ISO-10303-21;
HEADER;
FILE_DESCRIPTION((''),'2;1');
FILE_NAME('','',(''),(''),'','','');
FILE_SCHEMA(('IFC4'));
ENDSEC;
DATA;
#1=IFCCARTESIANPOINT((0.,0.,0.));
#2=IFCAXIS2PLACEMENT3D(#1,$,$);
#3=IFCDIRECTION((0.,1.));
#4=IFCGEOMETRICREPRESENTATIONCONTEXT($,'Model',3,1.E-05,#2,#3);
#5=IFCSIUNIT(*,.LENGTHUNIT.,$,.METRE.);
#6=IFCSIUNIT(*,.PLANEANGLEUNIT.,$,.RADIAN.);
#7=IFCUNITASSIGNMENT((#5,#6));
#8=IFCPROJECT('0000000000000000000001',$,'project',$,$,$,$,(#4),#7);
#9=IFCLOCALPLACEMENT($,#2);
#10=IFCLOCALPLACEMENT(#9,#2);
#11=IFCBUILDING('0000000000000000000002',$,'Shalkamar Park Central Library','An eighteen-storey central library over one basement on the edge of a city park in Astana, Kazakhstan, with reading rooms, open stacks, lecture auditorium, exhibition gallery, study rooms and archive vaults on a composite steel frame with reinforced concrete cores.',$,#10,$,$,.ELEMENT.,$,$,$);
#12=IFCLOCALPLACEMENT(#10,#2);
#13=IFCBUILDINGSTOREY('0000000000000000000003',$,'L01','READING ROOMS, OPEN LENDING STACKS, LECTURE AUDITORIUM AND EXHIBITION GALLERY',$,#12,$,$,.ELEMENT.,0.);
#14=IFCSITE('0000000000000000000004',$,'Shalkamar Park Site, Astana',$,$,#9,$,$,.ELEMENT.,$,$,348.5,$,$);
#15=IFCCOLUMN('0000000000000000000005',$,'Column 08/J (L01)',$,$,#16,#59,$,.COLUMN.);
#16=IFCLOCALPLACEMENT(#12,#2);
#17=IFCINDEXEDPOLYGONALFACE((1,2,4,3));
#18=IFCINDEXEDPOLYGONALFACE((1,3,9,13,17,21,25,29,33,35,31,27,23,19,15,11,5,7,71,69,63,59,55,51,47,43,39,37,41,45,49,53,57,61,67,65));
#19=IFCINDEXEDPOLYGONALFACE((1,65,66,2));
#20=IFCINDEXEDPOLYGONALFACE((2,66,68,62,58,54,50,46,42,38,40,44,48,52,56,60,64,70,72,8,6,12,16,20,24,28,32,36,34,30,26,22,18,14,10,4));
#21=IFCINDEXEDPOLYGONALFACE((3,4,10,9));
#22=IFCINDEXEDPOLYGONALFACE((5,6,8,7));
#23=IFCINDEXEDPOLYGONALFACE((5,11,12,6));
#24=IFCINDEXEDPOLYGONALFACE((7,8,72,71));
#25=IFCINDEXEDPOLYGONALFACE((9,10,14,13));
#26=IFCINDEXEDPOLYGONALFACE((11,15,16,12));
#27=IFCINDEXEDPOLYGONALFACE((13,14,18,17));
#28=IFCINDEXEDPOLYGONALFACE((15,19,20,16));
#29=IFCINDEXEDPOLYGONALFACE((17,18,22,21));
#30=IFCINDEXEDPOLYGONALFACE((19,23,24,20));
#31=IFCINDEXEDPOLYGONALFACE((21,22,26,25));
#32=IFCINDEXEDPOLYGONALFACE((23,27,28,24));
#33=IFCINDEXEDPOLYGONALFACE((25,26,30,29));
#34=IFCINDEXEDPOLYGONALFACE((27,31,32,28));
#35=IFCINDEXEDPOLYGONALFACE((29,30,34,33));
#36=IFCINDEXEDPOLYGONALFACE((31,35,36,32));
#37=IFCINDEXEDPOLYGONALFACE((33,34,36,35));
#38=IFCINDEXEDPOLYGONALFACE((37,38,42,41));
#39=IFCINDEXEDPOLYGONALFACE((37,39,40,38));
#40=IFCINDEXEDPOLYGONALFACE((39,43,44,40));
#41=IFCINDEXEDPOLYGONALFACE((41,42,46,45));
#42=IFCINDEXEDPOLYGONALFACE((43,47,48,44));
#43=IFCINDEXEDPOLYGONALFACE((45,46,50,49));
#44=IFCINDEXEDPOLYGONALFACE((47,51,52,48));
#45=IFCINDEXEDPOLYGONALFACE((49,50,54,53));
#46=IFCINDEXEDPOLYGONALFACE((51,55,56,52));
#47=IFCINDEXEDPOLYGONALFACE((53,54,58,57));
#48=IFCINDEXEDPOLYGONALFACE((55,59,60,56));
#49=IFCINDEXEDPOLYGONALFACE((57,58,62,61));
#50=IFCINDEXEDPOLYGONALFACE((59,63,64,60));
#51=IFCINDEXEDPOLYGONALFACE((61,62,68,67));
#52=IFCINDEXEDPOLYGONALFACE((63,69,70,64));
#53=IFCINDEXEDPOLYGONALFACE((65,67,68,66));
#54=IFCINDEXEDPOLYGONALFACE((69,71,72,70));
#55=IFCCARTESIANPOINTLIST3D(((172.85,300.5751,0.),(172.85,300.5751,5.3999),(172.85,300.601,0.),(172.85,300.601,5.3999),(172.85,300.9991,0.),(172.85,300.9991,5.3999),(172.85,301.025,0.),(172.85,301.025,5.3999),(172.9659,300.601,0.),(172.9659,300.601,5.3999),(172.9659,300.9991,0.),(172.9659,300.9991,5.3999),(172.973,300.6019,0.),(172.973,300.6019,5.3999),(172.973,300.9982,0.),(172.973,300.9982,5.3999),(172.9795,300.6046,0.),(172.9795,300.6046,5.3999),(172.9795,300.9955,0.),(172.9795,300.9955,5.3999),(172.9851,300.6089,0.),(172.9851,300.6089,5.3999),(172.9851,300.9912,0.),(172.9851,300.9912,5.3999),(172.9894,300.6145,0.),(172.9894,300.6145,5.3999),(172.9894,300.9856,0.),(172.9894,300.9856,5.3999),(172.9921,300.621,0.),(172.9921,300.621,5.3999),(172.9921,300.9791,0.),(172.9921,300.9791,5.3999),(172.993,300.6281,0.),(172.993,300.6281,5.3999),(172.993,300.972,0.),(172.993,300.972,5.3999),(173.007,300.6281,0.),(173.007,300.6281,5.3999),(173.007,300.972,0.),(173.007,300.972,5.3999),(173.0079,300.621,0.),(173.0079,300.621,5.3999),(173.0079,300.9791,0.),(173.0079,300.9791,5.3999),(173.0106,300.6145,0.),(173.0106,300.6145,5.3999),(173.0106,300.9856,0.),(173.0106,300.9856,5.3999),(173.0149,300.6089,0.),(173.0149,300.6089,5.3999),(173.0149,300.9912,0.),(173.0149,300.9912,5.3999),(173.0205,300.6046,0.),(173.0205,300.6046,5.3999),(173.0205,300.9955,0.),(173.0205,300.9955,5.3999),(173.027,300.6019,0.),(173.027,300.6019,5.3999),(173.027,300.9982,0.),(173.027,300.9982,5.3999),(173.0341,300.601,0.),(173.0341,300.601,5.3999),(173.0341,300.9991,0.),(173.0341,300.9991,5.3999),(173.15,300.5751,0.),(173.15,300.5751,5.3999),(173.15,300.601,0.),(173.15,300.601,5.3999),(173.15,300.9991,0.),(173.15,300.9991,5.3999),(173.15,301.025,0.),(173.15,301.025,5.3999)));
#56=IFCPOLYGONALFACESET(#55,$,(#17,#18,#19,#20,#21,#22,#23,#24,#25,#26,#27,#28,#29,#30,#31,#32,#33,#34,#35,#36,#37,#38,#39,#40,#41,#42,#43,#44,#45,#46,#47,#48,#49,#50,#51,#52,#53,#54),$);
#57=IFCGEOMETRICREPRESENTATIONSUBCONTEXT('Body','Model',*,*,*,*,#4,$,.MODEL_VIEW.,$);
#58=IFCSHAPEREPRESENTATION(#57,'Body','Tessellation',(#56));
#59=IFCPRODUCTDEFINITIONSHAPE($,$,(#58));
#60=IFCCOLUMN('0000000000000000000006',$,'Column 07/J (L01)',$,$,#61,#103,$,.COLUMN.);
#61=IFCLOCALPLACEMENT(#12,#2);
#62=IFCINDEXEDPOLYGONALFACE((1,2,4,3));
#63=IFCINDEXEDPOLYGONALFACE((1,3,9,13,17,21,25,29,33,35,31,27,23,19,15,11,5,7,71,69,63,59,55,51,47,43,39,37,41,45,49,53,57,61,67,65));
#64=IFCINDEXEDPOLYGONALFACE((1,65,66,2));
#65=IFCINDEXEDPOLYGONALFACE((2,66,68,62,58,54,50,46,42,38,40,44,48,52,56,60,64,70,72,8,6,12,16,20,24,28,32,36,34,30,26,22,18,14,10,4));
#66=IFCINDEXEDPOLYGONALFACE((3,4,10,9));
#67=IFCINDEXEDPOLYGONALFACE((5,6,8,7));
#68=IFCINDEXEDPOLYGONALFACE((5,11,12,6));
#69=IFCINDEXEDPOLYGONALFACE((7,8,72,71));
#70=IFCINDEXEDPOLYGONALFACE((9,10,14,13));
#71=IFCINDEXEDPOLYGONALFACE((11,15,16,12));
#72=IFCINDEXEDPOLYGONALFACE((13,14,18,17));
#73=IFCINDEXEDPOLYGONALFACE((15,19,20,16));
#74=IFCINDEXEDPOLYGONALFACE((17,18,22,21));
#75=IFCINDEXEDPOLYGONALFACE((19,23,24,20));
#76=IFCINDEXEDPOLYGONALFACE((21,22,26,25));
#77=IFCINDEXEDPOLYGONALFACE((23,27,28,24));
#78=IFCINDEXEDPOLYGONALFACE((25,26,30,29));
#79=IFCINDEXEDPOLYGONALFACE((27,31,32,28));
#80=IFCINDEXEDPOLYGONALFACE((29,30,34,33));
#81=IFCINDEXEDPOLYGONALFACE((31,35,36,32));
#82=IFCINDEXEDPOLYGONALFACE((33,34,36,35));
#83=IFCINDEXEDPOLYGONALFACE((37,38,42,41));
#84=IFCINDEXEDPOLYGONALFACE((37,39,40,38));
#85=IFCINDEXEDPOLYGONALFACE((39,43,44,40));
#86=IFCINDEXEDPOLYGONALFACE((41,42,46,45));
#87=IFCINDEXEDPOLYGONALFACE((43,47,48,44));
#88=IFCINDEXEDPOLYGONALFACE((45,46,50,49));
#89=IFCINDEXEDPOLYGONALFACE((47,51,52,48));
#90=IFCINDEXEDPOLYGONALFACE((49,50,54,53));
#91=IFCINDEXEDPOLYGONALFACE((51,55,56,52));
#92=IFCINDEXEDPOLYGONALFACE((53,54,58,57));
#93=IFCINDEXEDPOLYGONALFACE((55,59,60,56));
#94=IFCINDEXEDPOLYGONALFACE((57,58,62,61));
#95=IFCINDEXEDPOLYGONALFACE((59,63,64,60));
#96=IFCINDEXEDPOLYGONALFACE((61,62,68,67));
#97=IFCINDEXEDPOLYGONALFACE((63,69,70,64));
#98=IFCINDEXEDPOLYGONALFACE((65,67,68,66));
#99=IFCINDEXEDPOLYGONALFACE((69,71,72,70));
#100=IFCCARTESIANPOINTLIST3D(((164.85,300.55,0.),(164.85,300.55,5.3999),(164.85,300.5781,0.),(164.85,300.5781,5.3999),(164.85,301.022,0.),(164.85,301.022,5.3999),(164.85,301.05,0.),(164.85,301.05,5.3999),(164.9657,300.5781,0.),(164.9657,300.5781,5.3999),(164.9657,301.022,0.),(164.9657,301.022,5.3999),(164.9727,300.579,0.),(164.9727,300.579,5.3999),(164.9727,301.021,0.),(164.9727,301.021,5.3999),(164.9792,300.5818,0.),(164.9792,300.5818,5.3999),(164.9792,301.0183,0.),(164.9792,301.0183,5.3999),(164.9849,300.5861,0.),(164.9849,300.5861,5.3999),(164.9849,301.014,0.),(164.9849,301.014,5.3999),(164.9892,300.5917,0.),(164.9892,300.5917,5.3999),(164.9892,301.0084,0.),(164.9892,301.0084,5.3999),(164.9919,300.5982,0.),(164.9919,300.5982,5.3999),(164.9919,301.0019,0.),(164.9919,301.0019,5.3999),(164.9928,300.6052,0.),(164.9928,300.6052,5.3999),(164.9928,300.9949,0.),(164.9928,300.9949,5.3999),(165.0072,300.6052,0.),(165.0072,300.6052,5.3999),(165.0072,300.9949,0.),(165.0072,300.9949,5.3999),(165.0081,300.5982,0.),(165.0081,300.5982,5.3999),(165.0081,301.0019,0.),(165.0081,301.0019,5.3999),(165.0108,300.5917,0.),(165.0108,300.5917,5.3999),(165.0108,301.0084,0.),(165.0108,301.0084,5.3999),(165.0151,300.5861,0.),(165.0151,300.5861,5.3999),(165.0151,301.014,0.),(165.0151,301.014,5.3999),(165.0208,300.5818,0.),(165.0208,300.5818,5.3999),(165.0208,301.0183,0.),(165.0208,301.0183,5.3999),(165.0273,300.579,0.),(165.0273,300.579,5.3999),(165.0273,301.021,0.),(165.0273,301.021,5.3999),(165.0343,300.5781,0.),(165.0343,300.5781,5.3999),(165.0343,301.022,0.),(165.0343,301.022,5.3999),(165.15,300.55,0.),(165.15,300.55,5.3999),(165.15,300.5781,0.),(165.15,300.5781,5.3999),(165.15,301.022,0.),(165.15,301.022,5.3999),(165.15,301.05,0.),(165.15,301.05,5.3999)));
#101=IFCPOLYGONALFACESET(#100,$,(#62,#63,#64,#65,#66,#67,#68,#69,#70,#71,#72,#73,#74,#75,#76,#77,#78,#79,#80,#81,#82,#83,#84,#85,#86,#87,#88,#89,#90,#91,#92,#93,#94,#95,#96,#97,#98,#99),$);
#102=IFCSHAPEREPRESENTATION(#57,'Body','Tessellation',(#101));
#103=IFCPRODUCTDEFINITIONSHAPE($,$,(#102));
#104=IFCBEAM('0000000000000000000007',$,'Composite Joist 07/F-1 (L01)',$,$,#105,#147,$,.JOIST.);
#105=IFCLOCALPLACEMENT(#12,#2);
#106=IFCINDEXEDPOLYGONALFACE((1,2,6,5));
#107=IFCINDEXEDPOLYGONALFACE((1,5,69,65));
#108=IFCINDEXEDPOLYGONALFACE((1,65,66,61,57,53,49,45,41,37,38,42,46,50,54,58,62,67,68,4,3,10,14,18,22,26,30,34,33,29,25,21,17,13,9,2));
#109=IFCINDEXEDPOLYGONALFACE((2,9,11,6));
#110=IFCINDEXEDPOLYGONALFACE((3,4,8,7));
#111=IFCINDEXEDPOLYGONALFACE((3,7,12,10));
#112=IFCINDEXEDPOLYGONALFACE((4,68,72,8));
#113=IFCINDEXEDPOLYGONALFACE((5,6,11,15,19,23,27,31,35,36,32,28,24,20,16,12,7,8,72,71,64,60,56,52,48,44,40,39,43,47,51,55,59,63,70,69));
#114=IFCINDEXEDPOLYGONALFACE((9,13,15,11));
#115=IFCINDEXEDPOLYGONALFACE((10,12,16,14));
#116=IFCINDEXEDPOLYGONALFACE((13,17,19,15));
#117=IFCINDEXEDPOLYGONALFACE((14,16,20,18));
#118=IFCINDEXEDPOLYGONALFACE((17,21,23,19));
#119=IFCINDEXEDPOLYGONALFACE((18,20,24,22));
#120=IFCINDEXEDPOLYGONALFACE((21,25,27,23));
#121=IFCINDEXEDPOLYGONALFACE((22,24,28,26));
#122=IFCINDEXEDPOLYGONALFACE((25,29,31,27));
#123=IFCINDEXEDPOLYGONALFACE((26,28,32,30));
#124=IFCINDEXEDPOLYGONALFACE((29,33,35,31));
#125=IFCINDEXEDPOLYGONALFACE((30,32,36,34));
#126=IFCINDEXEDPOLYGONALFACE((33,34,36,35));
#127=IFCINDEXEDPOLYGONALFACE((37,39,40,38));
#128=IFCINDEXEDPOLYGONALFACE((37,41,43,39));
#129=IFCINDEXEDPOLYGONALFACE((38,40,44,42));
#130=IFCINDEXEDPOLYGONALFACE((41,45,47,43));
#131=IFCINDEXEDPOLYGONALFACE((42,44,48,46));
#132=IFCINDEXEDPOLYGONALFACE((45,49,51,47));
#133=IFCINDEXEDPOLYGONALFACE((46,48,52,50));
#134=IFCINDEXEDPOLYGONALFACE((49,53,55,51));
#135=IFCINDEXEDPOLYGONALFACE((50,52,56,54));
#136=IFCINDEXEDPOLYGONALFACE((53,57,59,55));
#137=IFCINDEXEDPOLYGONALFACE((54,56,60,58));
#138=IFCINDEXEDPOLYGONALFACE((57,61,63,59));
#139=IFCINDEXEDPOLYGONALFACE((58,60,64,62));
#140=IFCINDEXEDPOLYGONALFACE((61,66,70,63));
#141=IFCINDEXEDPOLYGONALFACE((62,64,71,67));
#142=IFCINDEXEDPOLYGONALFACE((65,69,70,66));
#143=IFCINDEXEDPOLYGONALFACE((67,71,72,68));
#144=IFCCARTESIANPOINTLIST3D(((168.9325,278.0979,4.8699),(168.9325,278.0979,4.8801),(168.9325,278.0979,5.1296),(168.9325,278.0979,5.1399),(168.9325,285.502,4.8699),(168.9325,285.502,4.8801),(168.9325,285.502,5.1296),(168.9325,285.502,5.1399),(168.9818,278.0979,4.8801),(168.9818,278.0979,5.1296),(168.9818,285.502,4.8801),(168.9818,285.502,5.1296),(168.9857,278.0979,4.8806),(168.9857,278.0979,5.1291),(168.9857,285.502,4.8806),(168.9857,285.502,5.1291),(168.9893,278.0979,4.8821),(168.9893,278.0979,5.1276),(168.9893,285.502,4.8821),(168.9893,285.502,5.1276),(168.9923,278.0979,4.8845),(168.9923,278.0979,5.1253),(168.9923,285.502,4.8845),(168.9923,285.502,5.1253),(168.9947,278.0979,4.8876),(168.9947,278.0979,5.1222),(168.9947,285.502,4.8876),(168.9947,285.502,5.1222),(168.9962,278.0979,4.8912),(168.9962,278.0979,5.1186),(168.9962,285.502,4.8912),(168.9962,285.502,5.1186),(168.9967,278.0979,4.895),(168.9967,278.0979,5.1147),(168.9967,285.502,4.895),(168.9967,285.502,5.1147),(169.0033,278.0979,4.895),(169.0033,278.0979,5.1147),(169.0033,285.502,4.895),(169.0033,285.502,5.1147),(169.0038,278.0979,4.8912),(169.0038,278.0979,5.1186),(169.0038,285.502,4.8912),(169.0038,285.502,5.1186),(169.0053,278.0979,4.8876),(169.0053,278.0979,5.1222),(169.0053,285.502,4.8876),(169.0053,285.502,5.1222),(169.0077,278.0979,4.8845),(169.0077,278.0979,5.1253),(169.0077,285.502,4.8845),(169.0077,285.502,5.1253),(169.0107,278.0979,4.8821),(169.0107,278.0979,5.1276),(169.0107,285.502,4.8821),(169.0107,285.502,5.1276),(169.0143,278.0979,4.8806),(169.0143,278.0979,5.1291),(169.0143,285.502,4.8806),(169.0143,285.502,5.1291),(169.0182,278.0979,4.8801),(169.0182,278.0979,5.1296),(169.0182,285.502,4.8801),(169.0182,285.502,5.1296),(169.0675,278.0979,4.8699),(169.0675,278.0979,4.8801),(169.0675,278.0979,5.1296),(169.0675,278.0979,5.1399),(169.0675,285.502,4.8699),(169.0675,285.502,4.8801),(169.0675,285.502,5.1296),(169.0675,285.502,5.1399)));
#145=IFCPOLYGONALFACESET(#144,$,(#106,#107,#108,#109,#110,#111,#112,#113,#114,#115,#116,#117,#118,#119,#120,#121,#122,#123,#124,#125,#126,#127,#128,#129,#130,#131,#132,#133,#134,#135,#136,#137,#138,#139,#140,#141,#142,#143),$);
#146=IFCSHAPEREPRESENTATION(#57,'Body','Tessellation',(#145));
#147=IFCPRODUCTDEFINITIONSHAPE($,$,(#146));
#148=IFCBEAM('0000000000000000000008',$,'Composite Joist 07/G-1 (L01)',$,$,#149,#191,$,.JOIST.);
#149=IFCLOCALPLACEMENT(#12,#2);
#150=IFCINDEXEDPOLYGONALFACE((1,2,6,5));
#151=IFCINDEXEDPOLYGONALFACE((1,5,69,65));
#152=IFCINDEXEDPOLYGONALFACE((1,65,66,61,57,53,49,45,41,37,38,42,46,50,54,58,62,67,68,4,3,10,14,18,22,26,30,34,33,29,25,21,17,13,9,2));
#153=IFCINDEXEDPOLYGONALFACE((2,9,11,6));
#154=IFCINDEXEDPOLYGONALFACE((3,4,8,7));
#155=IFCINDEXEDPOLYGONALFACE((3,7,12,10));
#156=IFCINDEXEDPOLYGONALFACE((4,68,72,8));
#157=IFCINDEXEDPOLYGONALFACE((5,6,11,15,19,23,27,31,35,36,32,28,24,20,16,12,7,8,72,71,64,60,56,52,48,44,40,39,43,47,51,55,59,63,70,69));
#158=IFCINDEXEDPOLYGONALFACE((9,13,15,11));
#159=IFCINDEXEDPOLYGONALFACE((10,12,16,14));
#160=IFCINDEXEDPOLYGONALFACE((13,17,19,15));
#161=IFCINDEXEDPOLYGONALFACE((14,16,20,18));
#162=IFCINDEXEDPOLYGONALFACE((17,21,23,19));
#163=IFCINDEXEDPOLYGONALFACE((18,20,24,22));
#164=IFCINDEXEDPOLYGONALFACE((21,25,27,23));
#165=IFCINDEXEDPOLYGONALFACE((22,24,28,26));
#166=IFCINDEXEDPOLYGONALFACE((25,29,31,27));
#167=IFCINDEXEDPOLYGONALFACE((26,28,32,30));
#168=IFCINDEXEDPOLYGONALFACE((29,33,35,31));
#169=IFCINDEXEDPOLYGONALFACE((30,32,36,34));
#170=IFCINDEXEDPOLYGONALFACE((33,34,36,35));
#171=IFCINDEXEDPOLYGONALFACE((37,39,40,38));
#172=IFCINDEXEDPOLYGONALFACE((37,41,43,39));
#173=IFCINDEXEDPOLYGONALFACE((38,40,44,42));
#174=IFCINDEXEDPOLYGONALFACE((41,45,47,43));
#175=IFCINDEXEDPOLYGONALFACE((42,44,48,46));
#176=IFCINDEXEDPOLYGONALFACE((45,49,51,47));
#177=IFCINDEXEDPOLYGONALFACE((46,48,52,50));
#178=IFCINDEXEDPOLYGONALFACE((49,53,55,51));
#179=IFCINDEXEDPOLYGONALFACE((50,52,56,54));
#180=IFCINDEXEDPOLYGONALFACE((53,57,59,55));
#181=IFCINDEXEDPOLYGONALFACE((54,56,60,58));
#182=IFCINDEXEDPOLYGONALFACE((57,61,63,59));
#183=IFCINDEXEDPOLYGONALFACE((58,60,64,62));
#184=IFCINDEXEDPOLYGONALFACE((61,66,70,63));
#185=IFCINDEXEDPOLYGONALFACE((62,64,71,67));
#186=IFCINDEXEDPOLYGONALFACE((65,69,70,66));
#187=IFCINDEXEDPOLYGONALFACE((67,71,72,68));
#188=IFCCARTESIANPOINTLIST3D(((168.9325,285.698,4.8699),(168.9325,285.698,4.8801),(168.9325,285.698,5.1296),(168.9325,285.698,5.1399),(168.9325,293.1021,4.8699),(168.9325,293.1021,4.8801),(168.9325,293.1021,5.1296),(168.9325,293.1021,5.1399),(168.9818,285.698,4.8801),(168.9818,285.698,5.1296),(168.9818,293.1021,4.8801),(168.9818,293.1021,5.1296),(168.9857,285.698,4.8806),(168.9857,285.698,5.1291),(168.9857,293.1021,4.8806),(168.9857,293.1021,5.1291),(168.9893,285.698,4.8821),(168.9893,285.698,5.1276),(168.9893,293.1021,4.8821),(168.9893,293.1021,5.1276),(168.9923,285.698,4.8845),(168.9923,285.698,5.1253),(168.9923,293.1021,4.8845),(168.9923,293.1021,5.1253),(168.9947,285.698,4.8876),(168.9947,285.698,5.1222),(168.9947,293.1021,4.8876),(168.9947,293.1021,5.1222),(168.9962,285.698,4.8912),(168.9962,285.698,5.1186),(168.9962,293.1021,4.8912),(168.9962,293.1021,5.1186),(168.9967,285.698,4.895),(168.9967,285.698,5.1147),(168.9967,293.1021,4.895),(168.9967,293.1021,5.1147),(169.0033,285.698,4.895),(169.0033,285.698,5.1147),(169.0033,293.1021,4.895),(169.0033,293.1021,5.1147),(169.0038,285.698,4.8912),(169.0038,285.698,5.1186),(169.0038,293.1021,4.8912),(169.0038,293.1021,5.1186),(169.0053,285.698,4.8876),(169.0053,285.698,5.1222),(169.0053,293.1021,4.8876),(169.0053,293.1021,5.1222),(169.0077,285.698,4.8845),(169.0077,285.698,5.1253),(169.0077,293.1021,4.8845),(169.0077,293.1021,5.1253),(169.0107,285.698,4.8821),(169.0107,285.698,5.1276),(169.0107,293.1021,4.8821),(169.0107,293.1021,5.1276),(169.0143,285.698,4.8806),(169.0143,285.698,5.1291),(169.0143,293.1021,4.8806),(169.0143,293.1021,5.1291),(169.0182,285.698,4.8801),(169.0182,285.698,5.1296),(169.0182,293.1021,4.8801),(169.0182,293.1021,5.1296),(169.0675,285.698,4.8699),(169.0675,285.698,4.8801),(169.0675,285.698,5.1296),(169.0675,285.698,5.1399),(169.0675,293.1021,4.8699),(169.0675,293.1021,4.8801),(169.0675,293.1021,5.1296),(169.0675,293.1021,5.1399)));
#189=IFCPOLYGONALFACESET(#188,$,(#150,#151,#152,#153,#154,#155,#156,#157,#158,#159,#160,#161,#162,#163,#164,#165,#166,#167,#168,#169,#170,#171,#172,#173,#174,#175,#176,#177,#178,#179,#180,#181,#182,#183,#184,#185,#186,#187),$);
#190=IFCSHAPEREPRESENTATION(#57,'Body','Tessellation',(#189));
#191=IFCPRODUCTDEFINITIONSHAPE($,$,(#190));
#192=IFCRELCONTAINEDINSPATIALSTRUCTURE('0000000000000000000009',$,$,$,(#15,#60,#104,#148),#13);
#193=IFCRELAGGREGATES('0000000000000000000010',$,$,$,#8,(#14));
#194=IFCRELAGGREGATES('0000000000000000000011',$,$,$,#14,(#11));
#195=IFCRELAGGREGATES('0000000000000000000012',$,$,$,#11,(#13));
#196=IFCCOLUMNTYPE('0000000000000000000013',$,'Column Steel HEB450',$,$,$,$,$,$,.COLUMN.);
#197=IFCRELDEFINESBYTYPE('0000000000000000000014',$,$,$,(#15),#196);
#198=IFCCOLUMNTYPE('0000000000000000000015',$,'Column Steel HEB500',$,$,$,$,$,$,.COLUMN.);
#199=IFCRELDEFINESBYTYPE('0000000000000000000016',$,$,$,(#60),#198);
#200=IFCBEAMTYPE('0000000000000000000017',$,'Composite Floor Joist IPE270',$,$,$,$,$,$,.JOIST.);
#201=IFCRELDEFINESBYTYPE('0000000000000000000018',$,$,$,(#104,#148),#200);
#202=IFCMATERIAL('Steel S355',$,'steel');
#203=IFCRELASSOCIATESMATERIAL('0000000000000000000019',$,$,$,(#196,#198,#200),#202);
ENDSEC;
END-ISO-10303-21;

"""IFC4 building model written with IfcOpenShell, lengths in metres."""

from ifc_helpers import new_model, si_unit, direction, frame, origin, origin_2d, place, context, subcontext, project, spatial, i_section, extrude, material, material_profile, profile_set, type_object, element, save


model = new_model("IFC4")

# Units and contexts
model_context = context("Model", 3, precision=1e-05, world=origin(), true_north=direction((0.0, 1.0)))
body_context = subcontext(model_context, "Body", "Model", "MODEL_VIEW")
ifc_project = project(units=[si_unit("LENGTHUNIT", "METRE"), si_unit("PLANEANGLEUNIT", "RADIAN")], contexts=[model_context])

# Site, building, storey
site_placement = place(None, origin())
site = spatial("IfcSite", under=ifc_project, at=site_placement, Name="Shalkamar Park Site, Astana", CompositionType="ELEMENT", RefElevation=348.5)
building_placement = place(site_placement, origin())
building = spatial("IfcBuilding", under=site, at=building_placement, Name="Shalkamar Park Central Library", Description="An eighteen-storey central library over one basement on the edge of a city park in Astana, Kazakhstan, with reading rooms, open stacks, lecture auditorium, exhibition gallery, study rooms and archive vaults on a composite steel frame with reinforced concrete cores.", CompositionType="ELEMENT")
storey_placement = place(building_placement, origin())
storey = spatial("IfcBuildingStorey", under=building, at=storey_placement, Name="L01", Description="READING ROOMS, OPEN LENDING STACKS, LECTURE AUDITORIUM AND EXHIBITION GALLERY", CompositionType="ELEMENT", Elevation=0.0)

# Columns
ifc_material = material(Name="Steel S355", Category="steel")
ifc_material_profile_1 = material_profile(ifc_material, i_section(OverallWidth=0.3, OverallDepth=0.45, WebThickness=0.0139, FlangeThickness=0.0259, FilletRadius=0.0271, at=origin_2d()), Name="HEB 450")
ifc_profile_set_1 = profile_set([ifc_material_profile_1], Name="Steel S355")
column_type_1 = type_object("IfcColumnType", Name="Column Steel HEB450", PredefinedType="COLUMN", material=ifc_profile_set_1)
for number, where, z_axis, x_axis, name in (
    (1, (173.0, 300.8, 0.0), (0.0, 0.0, 1.0), (1.0, 0.0, 0.0), "Column 08/J (L01)"),
):
    element("IfcColumn", number, at=place(storey_placement, frame(where, z_axis=z_axis, x_axis=x_axis)), inside=storey, type_object=column_type_1, Name=name, PredefinedType="COLUMN", context=body_context, shape_type="SweptSolid", body=[
        extrude(i_section(OverallWidth=0.3, OverallDepth=0.45, WebThickness=0.0139, FlangeThickness=0.0259, FilletRadius=0.0271, at=origin_2d()), origin(), (0.0, 0.0, 1.0), 5.3999),
    ])
ifc_material_profile_2 = material_profile(ifc_material, i_section(OverallWidth=0.3, OverallDepth=0.5, WebThickness=0.0144, FlangeThickness=0.0281, FilletRadius=0.0271, at=origin_2d()), Name="HEB 500")
ifc_profile_set_2 = profile_set([ifc_material_profile_2], Name="Steel S355")
column_type_2 = type_object("IfcColumnType", Name="Column Steel HEB500", PredefinedType="COLUMN", material=ifc_profile_set_2)
column_placement = place(storey_placement, frame((165.0, 300.8, 0.0), z_axis=(0.0, 0.0, 1.0), x_axis=(1.0, 0.0, 0.0)))
element("IfcColumn", 2, at=column_placement, inside=storey, type_object=column_type_2, Name="Column 07/J (L01)", PredefinedType="COLUMN", context=body_context, shape_type="SweptSolid", body=[
    extrude(i_section(OverallWidth=0.3, OverallDepth=0.5, WebThickness=0.0144, FlangeThickness=0.0281, FilletRadius=0.0271, at=origin_2d()), origin(), (0.0, 0.0, 1.0), 5.3999),
])

# Beams
ifc_material_profile_3 = material_profile(ifc_material, i_section(OverallWidth=0.135, OverallDepth=0.27, WebThickness=0.0066, FlangeThickness=0.0103, FilletRadius=0.0149, at=origin_2d()), Name="IPE 270")
ifc_profile_set_3 = profile_set([ifc_material_profile_3], Name="Steel S355")
beam_type_1 = type_object("IfcBeamType", Name="Composite Floor Joist IPE270", PredefinedType="JOIST", material=ifc_profile_set_3)
for number, where, z_axis, x_axis, name in (
    (3, (169.0, 278.0979, 5.0049), (0.0, 1.0, 0.0), (-1.0, 0.0, 0.0), "Composite Joist 07/F-1 (L01)"),
    (4, (169.0, 285.698, 5.0049), (0.0, 1.0, 0.0), (-1.0, 0.0, 0.0), "Composite Joist 07/G-1 (L01)"),
):
    element("IfcBeam", number, at=place(storey_placement, frame(where, z_axis=z_axis, x_axis=x_axis)), inside=storey, type_object=beam_type_1, Name=name, PredefinedType="JOIST", context=body_context, shape_type="SweptSolid", body=[
        extrude(i_section(OverallWidth=0.135, OverallDepth=0.27, WebThickness=0.0066, FlangeThickness=0.0103, FilletRadius=0.0149, at=origin_2d()), origin(), (0.0, 0.0, 1.0), 7.4041),
    ])

save(model, "model.ifc")
